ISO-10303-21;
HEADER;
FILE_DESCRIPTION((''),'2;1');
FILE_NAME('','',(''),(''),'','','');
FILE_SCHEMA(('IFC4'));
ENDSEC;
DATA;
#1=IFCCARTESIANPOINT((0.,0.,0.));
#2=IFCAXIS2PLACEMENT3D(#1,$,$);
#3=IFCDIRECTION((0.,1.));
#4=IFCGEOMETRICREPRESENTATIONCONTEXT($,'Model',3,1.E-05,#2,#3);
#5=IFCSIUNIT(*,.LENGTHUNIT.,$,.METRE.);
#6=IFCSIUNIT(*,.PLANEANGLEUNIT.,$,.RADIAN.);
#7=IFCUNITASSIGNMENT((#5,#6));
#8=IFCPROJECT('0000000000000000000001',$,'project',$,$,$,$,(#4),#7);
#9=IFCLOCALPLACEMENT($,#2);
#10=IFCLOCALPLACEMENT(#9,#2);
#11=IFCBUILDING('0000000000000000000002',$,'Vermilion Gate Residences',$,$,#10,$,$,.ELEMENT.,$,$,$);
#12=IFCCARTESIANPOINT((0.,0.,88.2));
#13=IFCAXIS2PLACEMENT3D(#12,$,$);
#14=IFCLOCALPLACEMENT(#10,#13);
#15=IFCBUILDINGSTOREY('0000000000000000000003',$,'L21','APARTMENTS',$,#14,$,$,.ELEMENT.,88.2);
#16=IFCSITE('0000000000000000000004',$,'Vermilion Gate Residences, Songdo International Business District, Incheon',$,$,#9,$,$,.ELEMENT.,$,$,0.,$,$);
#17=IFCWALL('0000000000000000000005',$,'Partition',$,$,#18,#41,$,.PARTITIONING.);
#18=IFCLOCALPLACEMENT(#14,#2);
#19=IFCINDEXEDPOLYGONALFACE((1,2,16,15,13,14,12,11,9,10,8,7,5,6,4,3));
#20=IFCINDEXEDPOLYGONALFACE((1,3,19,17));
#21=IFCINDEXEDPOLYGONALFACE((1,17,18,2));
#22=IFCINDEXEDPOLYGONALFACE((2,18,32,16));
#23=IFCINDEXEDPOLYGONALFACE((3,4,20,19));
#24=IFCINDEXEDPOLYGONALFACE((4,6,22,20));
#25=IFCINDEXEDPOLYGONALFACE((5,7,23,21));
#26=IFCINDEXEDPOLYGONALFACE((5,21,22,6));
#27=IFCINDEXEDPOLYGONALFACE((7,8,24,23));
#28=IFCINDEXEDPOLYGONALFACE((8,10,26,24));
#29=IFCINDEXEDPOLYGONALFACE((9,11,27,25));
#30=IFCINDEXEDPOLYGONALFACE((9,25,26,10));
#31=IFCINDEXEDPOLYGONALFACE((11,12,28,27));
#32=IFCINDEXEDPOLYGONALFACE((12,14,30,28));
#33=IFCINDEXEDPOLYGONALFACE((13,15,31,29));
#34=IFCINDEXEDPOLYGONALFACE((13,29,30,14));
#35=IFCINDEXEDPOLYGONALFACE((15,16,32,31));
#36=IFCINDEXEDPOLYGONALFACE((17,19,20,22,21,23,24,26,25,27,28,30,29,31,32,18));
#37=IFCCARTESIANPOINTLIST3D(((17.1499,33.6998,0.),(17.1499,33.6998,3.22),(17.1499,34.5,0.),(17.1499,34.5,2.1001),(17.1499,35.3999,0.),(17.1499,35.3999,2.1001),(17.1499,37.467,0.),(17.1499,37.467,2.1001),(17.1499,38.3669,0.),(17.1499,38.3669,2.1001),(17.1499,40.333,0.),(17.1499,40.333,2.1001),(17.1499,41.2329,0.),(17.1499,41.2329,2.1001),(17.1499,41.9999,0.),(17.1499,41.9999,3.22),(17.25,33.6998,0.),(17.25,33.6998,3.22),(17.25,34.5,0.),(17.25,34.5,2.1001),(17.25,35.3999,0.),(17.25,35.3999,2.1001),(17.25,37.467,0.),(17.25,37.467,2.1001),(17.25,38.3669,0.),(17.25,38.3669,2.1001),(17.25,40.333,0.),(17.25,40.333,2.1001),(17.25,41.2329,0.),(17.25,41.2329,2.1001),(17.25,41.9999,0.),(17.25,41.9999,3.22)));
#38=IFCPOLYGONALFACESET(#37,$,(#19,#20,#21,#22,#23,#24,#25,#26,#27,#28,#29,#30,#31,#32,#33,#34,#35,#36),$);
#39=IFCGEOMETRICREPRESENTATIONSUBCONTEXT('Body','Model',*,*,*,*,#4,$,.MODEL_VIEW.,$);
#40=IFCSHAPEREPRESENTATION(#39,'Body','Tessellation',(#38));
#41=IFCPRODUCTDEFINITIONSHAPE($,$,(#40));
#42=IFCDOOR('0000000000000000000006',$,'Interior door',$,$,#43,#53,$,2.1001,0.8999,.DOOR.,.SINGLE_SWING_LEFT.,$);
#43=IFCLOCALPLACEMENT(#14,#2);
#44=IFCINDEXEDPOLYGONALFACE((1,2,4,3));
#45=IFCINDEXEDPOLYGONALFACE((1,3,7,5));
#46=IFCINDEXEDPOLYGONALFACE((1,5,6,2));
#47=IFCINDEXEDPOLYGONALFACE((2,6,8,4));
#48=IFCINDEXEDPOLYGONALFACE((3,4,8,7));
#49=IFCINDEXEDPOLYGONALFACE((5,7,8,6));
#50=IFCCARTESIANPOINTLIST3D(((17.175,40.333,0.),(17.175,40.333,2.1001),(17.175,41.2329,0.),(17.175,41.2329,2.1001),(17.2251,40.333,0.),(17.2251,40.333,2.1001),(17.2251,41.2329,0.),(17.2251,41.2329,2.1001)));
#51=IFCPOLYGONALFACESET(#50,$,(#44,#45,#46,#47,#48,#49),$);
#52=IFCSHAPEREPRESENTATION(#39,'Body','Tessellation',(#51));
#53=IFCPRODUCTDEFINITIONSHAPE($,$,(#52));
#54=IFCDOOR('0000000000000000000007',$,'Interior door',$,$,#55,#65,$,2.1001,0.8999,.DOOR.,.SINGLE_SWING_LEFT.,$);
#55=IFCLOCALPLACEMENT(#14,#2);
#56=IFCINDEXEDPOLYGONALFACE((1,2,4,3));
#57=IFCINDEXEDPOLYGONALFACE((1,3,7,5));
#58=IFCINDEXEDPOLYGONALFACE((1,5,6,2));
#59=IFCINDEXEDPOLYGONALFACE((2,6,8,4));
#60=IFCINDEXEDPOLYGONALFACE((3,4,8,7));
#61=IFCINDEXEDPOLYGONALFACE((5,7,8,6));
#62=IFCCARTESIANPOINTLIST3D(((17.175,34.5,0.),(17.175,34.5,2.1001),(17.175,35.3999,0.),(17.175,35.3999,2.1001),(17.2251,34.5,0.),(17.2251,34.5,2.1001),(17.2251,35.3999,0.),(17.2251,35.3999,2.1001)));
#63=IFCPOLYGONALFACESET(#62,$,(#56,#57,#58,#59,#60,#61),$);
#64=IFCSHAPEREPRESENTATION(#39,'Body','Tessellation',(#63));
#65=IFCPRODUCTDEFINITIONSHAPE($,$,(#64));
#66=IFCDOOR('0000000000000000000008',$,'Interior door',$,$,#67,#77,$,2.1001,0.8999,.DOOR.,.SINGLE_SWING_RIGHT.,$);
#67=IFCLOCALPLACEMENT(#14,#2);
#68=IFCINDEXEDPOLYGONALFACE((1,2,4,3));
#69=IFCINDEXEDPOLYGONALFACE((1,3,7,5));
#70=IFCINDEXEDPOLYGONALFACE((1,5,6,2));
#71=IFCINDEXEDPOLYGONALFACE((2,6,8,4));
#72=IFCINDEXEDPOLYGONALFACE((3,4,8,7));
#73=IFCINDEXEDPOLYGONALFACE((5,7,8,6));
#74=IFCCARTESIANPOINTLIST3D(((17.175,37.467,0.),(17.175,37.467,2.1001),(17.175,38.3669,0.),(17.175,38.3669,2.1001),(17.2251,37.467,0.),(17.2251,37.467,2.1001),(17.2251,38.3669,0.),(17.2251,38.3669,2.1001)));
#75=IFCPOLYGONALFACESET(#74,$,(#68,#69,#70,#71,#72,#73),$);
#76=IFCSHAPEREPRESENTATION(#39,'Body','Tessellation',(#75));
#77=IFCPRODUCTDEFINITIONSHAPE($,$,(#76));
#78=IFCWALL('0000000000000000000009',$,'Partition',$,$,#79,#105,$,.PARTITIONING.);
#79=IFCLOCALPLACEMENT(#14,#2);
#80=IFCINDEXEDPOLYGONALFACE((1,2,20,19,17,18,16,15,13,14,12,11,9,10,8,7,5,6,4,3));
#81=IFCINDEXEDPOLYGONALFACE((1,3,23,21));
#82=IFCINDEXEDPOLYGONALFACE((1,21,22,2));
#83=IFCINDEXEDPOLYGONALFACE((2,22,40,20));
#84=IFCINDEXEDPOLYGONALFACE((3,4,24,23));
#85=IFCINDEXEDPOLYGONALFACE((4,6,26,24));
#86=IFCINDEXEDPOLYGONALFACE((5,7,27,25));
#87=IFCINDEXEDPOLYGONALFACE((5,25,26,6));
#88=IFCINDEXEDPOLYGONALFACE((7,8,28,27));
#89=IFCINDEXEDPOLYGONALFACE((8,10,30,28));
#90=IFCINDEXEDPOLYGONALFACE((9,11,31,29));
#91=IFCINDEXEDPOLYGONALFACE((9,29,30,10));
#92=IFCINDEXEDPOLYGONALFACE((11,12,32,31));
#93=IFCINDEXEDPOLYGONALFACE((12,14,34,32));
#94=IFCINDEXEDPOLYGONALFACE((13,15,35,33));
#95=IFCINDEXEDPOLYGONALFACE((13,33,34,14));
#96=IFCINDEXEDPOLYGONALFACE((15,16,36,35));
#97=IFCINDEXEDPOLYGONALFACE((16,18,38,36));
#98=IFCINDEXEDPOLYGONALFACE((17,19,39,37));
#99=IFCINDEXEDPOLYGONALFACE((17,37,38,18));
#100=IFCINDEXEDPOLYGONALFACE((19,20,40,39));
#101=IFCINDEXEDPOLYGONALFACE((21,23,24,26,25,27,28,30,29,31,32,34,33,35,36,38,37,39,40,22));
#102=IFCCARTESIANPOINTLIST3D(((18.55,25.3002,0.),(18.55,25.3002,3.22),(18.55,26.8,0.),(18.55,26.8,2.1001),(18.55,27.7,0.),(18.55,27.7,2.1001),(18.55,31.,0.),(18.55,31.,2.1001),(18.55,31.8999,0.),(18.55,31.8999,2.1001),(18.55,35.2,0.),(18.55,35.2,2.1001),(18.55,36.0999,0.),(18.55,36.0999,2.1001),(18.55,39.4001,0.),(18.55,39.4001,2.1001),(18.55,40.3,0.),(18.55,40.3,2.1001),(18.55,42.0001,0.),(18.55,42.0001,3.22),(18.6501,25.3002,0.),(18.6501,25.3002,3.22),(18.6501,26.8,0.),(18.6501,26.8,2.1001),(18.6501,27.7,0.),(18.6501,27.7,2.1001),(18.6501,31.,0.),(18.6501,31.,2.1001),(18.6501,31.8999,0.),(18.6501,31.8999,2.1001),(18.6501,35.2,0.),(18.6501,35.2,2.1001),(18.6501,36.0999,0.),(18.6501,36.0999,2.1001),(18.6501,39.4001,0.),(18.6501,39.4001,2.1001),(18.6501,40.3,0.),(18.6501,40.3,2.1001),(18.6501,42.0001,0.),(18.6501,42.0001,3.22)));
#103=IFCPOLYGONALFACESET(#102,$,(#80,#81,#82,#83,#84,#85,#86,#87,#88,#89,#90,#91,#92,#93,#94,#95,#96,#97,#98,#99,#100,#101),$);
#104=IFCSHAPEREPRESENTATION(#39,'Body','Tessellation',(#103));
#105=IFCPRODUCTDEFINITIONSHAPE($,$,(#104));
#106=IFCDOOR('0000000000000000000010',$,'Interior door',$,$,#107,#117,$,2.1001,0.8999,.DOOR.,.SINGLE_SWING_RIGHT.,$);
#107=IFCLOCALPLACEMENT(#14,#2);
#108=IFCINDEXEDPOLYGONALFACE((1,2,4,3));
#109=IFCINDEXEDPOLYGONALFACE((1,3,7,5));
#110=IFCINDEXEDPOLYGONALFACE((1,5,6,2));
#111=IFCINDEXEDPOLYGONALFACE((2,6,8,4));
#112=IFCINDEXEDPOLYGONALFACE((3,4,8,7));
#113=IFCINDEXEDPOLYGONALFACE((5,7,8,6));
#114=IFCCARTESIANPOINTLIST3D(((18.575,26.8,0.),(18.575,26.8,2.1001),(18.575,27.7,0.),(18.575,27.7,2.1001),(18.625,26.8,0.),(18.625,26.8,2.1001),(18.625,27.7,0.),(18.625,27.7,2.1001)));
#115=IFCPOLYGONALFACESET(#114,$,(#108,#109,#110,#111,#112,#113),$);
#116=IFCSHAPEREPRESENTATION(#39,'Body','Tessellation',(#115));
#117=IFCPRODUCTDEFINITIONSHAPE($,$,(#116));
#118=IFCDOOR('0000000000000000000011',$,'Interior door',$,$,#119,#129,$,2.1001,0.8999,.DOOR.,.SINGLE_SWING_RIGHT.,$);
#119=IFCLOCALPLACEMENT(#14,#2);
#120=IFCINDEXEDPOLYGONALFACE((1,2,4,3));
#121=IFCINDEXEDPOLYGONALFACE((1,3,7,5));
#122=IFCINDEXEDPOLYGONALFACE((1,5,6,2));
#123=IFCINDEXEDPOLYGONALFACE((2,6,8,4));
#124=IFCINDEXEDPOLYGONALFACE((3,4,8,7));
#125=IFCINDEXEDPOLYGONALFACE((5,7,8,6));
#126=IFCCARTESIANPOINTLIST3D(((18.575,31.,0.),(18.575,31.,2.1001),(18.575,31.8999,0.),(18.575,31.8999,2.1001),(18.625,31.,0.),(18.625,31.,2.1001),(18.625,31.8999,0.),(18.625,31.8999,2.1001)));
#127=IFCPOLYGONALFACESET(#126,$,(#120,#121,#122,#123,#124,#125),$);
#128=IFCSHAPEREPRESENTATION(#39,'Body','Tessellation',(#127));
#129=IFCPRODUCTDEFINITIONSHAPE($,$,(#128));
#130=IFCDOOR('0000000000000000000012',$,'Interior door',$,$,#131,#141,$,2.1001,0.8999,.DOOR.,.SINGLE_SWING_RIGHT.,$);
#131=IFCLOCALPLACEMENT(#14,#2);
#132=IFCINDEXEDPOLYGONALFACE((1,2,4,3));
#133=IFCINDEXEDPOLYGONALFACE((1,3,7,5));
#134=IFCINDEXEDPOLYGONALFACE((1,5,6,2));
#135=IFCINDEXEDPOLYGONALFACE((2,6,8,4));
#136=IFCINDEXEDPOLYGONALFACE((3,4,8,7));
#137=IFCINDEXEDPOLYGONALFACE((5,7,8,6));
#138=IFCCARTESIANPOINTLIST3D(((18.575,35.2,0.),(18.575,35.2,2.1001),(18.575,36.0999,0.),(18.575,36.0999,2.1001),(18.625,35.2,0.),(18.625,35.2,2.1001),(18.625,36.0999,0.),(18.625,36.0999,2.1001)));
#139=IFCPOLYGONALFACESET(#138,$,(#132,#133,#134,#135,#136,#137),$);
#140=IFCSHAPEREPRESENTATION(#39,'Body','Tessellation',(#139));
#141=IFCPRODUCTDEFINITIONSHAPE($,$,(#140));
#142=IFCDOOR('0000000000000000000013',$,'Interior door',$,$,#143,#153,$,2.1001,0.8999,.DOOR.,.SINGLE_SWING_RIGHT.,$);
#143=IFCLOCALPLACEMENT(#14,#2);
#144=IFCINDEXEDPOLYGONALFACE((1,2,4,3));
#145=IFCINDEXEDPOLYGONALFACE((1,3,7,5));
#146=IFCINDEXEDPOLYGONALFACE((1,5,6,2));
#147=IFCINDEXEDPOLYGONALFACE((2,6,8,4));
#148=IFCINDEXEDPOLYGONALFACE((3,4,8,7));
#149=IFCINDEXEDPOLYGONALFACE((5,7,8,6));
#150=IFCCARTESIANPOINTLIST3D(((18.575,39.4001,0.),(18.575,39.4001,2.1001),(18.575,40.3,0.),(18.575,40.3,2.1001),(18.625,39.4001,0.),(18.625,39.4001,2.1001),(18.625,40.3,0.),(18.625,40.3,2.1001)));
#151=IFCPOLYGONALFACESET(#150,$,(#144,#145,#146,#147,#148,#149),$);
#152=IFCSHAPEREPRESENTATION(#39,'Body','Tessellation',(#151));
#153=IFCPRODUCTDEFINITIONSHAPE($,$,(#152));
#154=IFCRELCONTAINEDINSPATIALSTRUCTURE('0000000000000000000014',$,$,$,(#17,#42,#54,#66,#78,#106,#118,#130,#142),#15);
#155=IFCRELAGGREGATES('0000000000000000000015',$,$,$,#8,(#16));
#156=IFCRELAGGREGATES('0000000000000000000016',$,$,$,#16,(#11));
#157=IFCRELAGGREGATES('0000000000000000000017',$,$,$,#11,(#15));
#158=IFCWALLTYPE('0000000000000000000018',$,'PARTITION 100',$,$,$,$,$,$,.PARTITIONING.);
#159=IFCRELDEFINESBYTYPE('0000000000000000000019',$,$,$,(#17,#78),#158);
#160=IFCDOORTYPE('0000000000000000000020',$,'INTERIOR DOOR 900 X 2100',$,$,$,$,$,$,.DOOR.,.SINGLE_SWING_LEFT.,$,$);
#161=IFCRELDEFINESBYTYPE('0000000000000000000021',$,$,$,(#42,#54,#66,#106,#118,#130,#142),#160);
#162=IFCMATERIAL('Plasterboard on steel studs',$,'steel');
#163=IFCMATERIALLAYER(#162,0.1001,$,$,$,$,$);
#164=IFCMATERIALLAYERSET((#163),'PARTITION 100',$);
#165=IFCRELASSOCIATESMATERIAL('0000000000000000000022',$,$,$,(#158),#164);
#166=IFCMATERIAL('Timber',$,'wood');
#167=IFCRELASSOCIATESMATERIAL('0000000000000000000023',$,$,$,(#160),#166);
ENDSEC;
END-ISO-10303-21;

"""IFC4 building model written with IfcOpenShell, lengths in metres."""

from ifc_helpers import new_model, si_unit, direction, frame, frame_2d, origin, place, context, subcontext, project, spatial, rectangle, extrude, material, layer, layer_set, type_object, element, fill, save


model = new_model("IFC4")

# Units and contexts
model_context = context("Model", 3, precision=1e-05, world=origin(), true_north=direction((0.0, 1.0)))
body_context = subcontext(model_context, "Body", "Model", "MODEL_VIEW")
ifc_project = project(units=[si_unit("LENGTHUNIT", "METRE"), si_unit("PLANEANGLEUNIT", "RADIAN")], contexts=[model_context])

# Site, building, storey
site_placement = place(None, origin())
site = spatial("IfcSite", under=ifc_project, at=site_placement, Name="Vermilion Gate Residences, Songdo International Business District, Incheon", CompositionType="ELEMENT", RefElevation=0.0)
building_placement = place(site_placement, origin())
building = spatial("IfcBuilding", under=site, at=building_placement, Name="Vermilion Gate Residences", CompositionType="ELEMENT")
storey_placement = place(building_placement, frame((0.0, 0.0, 88.2)))
storey = spatial("IfcBuildingStorey", under=building, at=storey_placement, Name="L21", Description="APARTMENTS", CompositionType="ELEMENT", Elevation=88.2)

# Shared definitions
ifc_material_1 = material(Name="Plasterboard on steel studs", Category="steel")
ifc_layer_1 = layer(ifc_material_1, 0.1001)
ifc_layer_set_1 = layer_set([ifc_layer_1], Name="PARTITION 100")
wall_type = type_object("IfcWallType", Name="PARTITION 100", PredefinedType="PARTITIONING", material=ifc_layer_set_1)

# Walls, openings, doors
ifc_material_2 = material(Name="Timber", Category="wood")
door_type = type_object("IfcDoorType", Name="INTERIOR DOOR 900 X 2100", OperationType="SINGLE_SWING_LEFT", PredefinedType="DOOR", material=ifc_material_2)
wall_1_placement = place(storey_placement, frame((17.2, 33.7, 0.0), z_axis=(0.0, 0.0, 1.0), x_axis=(0.0, 1.0, 0.0)))
wall_1 = element("IfcWall", 1, at=wall_1_placement, inside=storey, type_object=wall_type, Name="Partition", PredefinedType="PARTITIONING", context=body_context, shape_type="SweptSolid", body=[
    extrude(rectangle(XDim=8.3, YDim=0.1001, at=frame_2d((4.1499, 0.0))), origin(), (0.0, 0.0, 1.0), 3.22),
])
opening_1_placement = place(wall_1_placement, frame((6.6331, 0.0, 0.0)))
opening_1 = element("IfcOpeningElement", 2, at=opening_1_placement, cuts=wall_1, PredefinedType="OPENING", context=body_context, shape_type="SweptSolid", body=[
    extrude(rectangle(XDim=0.8999, YDim=2.1001, at=frame_2d((0.45, 1.05))), frame((0.0, 0.0601, 0.0), z_axis=(0.0, -1.0, 0.0), x_axis=(1.0, 0.0, 0.0)), (0.0, 0.0, 1.0), 0.1201),
])
opening_2_placement = place(wall_1_placement, frame((0.8, 0.0, 0.0)))
opening_2 = element("IfcOpeningElement", 3, at=opening_2_placement, cuts=wall_1, PredefinedType="OPENING", context=body_context, shape_type="SweptSolid", body=[
    extrude(rectangle(XDim=0.8999, YDim=2.1001, at=frame_2d((0.45, 1.05))), frame((0.0, 0.0601, 0.0), z_axis=(0.0, -1.0, 0.0), x_axis=(1.0, 0.0, 0.0)), (0.0, 0.0, 1.0), 0.1201),
])
opening_3_placement = place(wall_1_placement, frame((3.7671, 0.0, 0.0)))
opening_3 = element("IfcOpeningElement", 4, at=opening_3_placement, cuts=wall_1, PredefinedType="OPENING", context=body_context, shape_type="SweptSolid", body=[
    extrude(rectangle(XDim=0.8999, YDim=2.1001, at=frame_2d((0.45, 1.05))), frame((0.0, 0.0601, 0.0), z_axis=(0.0, -1.0, 0.0), x_axis=(1.0, 0.0, 0.0)), (0.0, 0.0, 1.0), 0.1201),
])
door_1_placement = place(opening_1_placement, origin())
door_1 = element("IfcDoor", 5, at=door_1_placement, inside=storey, type_object=door_type, Name="Interior door", OperationType="SINGLE_SWING_LEFT", OverallHeight=2.1001, OverallWidth=0.8999, PredefinedType="DOOR", context=body_context, shape_type="SweptSolid", body=[
    extrude(rectangle(XDim=0.8999, YDim=2.1001, at=frame_2d((0.45, 1.05))), frame((0.0, 0.0249, 0.0), z_axis=(0.0, -1.0, 0.0), x_axis=(1.0, 0.0, 0.0)), (0.0, 0.0, 1.0), 0.05),
])
fill(opening_1, door_1)
door_2_placement = place(opening_2_placement, origin())
door_2 = element("IfcDoor", 6, at=door_2_placement, inside=storey, type_object=door_type, Name="Interior door", OperationType="SINGLE_SWING_LEFT", OverallHeight=2.1001, OverallWidth=0.8999, PredefinedType="DOOR", context=body_context, shape_type="SweptSolid", body=[
    extrude(rectangle(XDim=0.8999, YDim=2.1001, at=frame_2d((0.45, 1.05))), frame((0.0, 0.0249, 0.0), z_axis=(0.0, -1.0, 0.0), x_axis=(1.0, 0.0, 0.0)), (0.0, 0.0, 1.0), 0.05),
])
fill(opening_2, door_2)
door_3_placement = place(opening_3_placement, origin())
door_3 = element("IfcDoor", 7, at=door_3_placement, inside=storey, type_object=door_type, Name="Interior door", OperationType="SINGLE_SWING_RIGHT", OverallHeight=2.1001, OverallWidth=0.8999, PredefinedType="DOOR", context=body_context, shape_type="SweptSolid", body=[
    extrude(rectangle(XDim=0.8999, YDim=2.1001, at=frame_2d((0.45, 1.05))), frame((0.0, 0.0249, 0.0), z_axis=(0.0, -1.0, 0.0), x_axis=(1.0, 0.0, 0.0)), (0.0, 0.0, 1.0), 0.05),
])
fill(opening_3, door_3)
wall_2_placement = place(storey_placement, frame((18.6001, 25.3, 0.0), z_axis=(0.0, 0.0, 1.0), x_axis=(0.0, 1.0, 0.0)))
wall_2 = element("IfcWall", 8, at=wall_2_placement, inside=storey, type_object=wall_type, Name="Partition", PredefinedType="PARTITIONING", context=body_context, shape_type="SweptSolid", body=[
    extrude(rectangle(XDim=16.7, YDim=0.1001, at=frame_2d((8.3501, 0.0))), origin(), (0.0, 0.0, 1.0), 3.22),
])
opening_4_placement = place(wall_2_placement, frame((1.5, 0.0, 0.0)))
opening_4 = element("IfcOpeningElement", 9, at=opening_4_placement, cuts=wall_2, PredefinedType="OPENING", context=body_context, shape_type="SweptSolid", body=[
    extrude(rectangle(XDim=0.8999, YDim=2.1001, at=frame_2d((0.45, 1.05))), frame((0.0, 0.0601, 0.0), z_axis=(0.0, -1.0, 0.0), x_axis=(1.0, 0.0, 0.0)), (0.0, 0.0, 1.0), 0.1201),
])
opening_5_placement = place(wall_2_placement, frame((5.7, 0.0, 0.0)))
opening_5 = element("IfcOpeningElement", 10, at=opening_5_placement, cuts=wall_2, PredefinedType="OPENING", context=body_context, shape_type="SweptSolid", body=[
    extrude(rectangle(XDim=0.8999, YDim=2.1001, at=frame_2d((0.45, 1.05))), frame((0.0, 0.0601, 0.0), z_axis=(0.0, -1.0, 0.0), x_axis=(1.0, 0.0, 0.0)), (0.0, 0.0, 1.0), 0.1201),
])
opening_6_placement = place(wall_2_placement, frame((9.8999, 0.0, 0.0)))
opening_6 = element("IfcOpeningElement", 11, at=opening_6_placement, cuts=wall_2, PredefinedType="OPENING", context=body_context, shape_type="SweptSolid", body=[
    extrude(rectangle(XDim=0.8999, YDim=2.1001, at=frame_2d((0.45, 1.05))), frame((0.0, 0.0601, 0.0), z_axis=(0.0, -1.0, 0.0), x_axis=(1.0, 0.0, 0.0)), (0.0, 0.0, 1.0), 0.1201),
])
opening_7_placement = place(wall_2_placement, frame((14.1001, 0.0, 0.0)))
opening_7 = element("IfcOpeningElement", 12, at=opening_7_placement, cuts=wall_2, PredefinedType="OPENING", context=body_context, shape_type="SweptSolid", body=[
    extrude(rectangle(XDim=0.8999, YDim=2.1001, at=frame_2d((0.45, 1.05))), frame((0.0, 0.0601, 0.0), z_axis=(0.0, -1.0, 0.0), x_axis=(1.0, 0.0, 0.0)), (0.0, 0.0, 1.0), 0.1201),
])
door_4_placement = place(opening_4_placement, frame((0.8999, 0.0, 0.0), z_axis=(0.0, 0.0, 1.0), x_axis=(-1.0, 0.0, 0.0)))
door_4 = element("IfcDoor", 13, at=door_4_placement, inside=storey, type_object=door_type, Name="Interior door", OperationType="SINGLE_SWING_RIGHT", OverallHeight=2.1001, OverallWidth=0.8999, PredefinedType="DOOR", context=body_context, shape_type="SweptSolid", body=[
    extrude(rectangle(XDim=0.8999, YDim=2.1001, at=frame_2d((0.45, 1.05))), frame((0.0, 0.0249, 0.0), z_axis=(0.0, -1.0, 0.0), x_axis=(1.0, 0.0, 0.0)), (0.0, 0.0, 1.0), 0.05),
])
fill(opening_4, door_4)
door_5_placement = place(opening_5_placement, frame((0.8999, 0.0, 0.0), z_axis=(0.0, 0.0, 1.0), x_axis=(-1.0, 0.0, 0.0)))
door_5 = element("IfcDoor", 14, at=door_5_placement, inside=storey, type_object=door_type, Name="Interior door", OperationType="SINGLE_SWING_RIGHT", OverallHeight=2.1001, OverallWidth=0.8999, PredefinedType="DOOR", context=body_context, shape_type="SweptSolid", body=[
    extrude(rectangle(XDim=0.8999, YDim=2.1001, at=frame_2d((0.45, 1.05))), frame((0.0, 0.0249, 0.0), z_axis=(0.0, -1.0, 0.0), x_axis=(1.0, 0.0, 0.0)), (0.0, 0.0, 1.0), 0.05),
])
fill(opening_5, door_5)
door_6_placement = place(opening_6_placement, frame((0.8999, 0.0, 0.0), z_axis=(0.0, 0.0, 1.0), x_axis=(-1.0, 0.0, 0.0)))
door_6 = element("IfcDoor", 15, at=door_6_placement, inside=storey, type_object=door_type, Name="Interior door", OperationType="SINGLE_SWING_RIGHT", OverallHeight=2.1001, OverallWidth=0.8999, PredefinedType="DOOR", context=body_context, shape_type="SweptSolid", body=[
    extrude(rectangle(XDim=0.8999, YDim=2.1001, at=frame_2d((0.45, 1.05))), frame((0.0, 0.0249, 0.0), z_axis=(0.0, -1.0, 0.0), x_axis=(1.0, 0.0, 0.0)), (0.0, 0.0, 1.0), 0.05),
])
fill(opening_6, door_6)
door_7_placement = place(opening_7_placement, frame((0.8999, 0.0, 0.0), z_axis=(0.0, 0.0, 1.0), x_axis=(-1.0, 0.0, 0.0)))
door_7 = element("IfcDoor", 16, at=door_7_placement, inside=storey, type_object=door_type, Name="Interior door", OperationType="SINGLE_SWING_RIGHT", OverallHeight=2.1001, OverallWidth=0.8999, PredefinedType="DOOR", context=body_context, shape_type="SweptSolid", body=[
    extrude(rectangle(XDim=0.8999, YDim=2.1001, at=frame_2d((0.45, 1.05))), frame((0.0, 0.0249, 0.0), z_axis=(0.0, -1.0, 0.0), x_axis=(1.0, 0.0, 0.0)), (0.0, 0.0, 1.0), 0.05),
])
fill(opening_7, door_7)

save(model, "model.ifc")
